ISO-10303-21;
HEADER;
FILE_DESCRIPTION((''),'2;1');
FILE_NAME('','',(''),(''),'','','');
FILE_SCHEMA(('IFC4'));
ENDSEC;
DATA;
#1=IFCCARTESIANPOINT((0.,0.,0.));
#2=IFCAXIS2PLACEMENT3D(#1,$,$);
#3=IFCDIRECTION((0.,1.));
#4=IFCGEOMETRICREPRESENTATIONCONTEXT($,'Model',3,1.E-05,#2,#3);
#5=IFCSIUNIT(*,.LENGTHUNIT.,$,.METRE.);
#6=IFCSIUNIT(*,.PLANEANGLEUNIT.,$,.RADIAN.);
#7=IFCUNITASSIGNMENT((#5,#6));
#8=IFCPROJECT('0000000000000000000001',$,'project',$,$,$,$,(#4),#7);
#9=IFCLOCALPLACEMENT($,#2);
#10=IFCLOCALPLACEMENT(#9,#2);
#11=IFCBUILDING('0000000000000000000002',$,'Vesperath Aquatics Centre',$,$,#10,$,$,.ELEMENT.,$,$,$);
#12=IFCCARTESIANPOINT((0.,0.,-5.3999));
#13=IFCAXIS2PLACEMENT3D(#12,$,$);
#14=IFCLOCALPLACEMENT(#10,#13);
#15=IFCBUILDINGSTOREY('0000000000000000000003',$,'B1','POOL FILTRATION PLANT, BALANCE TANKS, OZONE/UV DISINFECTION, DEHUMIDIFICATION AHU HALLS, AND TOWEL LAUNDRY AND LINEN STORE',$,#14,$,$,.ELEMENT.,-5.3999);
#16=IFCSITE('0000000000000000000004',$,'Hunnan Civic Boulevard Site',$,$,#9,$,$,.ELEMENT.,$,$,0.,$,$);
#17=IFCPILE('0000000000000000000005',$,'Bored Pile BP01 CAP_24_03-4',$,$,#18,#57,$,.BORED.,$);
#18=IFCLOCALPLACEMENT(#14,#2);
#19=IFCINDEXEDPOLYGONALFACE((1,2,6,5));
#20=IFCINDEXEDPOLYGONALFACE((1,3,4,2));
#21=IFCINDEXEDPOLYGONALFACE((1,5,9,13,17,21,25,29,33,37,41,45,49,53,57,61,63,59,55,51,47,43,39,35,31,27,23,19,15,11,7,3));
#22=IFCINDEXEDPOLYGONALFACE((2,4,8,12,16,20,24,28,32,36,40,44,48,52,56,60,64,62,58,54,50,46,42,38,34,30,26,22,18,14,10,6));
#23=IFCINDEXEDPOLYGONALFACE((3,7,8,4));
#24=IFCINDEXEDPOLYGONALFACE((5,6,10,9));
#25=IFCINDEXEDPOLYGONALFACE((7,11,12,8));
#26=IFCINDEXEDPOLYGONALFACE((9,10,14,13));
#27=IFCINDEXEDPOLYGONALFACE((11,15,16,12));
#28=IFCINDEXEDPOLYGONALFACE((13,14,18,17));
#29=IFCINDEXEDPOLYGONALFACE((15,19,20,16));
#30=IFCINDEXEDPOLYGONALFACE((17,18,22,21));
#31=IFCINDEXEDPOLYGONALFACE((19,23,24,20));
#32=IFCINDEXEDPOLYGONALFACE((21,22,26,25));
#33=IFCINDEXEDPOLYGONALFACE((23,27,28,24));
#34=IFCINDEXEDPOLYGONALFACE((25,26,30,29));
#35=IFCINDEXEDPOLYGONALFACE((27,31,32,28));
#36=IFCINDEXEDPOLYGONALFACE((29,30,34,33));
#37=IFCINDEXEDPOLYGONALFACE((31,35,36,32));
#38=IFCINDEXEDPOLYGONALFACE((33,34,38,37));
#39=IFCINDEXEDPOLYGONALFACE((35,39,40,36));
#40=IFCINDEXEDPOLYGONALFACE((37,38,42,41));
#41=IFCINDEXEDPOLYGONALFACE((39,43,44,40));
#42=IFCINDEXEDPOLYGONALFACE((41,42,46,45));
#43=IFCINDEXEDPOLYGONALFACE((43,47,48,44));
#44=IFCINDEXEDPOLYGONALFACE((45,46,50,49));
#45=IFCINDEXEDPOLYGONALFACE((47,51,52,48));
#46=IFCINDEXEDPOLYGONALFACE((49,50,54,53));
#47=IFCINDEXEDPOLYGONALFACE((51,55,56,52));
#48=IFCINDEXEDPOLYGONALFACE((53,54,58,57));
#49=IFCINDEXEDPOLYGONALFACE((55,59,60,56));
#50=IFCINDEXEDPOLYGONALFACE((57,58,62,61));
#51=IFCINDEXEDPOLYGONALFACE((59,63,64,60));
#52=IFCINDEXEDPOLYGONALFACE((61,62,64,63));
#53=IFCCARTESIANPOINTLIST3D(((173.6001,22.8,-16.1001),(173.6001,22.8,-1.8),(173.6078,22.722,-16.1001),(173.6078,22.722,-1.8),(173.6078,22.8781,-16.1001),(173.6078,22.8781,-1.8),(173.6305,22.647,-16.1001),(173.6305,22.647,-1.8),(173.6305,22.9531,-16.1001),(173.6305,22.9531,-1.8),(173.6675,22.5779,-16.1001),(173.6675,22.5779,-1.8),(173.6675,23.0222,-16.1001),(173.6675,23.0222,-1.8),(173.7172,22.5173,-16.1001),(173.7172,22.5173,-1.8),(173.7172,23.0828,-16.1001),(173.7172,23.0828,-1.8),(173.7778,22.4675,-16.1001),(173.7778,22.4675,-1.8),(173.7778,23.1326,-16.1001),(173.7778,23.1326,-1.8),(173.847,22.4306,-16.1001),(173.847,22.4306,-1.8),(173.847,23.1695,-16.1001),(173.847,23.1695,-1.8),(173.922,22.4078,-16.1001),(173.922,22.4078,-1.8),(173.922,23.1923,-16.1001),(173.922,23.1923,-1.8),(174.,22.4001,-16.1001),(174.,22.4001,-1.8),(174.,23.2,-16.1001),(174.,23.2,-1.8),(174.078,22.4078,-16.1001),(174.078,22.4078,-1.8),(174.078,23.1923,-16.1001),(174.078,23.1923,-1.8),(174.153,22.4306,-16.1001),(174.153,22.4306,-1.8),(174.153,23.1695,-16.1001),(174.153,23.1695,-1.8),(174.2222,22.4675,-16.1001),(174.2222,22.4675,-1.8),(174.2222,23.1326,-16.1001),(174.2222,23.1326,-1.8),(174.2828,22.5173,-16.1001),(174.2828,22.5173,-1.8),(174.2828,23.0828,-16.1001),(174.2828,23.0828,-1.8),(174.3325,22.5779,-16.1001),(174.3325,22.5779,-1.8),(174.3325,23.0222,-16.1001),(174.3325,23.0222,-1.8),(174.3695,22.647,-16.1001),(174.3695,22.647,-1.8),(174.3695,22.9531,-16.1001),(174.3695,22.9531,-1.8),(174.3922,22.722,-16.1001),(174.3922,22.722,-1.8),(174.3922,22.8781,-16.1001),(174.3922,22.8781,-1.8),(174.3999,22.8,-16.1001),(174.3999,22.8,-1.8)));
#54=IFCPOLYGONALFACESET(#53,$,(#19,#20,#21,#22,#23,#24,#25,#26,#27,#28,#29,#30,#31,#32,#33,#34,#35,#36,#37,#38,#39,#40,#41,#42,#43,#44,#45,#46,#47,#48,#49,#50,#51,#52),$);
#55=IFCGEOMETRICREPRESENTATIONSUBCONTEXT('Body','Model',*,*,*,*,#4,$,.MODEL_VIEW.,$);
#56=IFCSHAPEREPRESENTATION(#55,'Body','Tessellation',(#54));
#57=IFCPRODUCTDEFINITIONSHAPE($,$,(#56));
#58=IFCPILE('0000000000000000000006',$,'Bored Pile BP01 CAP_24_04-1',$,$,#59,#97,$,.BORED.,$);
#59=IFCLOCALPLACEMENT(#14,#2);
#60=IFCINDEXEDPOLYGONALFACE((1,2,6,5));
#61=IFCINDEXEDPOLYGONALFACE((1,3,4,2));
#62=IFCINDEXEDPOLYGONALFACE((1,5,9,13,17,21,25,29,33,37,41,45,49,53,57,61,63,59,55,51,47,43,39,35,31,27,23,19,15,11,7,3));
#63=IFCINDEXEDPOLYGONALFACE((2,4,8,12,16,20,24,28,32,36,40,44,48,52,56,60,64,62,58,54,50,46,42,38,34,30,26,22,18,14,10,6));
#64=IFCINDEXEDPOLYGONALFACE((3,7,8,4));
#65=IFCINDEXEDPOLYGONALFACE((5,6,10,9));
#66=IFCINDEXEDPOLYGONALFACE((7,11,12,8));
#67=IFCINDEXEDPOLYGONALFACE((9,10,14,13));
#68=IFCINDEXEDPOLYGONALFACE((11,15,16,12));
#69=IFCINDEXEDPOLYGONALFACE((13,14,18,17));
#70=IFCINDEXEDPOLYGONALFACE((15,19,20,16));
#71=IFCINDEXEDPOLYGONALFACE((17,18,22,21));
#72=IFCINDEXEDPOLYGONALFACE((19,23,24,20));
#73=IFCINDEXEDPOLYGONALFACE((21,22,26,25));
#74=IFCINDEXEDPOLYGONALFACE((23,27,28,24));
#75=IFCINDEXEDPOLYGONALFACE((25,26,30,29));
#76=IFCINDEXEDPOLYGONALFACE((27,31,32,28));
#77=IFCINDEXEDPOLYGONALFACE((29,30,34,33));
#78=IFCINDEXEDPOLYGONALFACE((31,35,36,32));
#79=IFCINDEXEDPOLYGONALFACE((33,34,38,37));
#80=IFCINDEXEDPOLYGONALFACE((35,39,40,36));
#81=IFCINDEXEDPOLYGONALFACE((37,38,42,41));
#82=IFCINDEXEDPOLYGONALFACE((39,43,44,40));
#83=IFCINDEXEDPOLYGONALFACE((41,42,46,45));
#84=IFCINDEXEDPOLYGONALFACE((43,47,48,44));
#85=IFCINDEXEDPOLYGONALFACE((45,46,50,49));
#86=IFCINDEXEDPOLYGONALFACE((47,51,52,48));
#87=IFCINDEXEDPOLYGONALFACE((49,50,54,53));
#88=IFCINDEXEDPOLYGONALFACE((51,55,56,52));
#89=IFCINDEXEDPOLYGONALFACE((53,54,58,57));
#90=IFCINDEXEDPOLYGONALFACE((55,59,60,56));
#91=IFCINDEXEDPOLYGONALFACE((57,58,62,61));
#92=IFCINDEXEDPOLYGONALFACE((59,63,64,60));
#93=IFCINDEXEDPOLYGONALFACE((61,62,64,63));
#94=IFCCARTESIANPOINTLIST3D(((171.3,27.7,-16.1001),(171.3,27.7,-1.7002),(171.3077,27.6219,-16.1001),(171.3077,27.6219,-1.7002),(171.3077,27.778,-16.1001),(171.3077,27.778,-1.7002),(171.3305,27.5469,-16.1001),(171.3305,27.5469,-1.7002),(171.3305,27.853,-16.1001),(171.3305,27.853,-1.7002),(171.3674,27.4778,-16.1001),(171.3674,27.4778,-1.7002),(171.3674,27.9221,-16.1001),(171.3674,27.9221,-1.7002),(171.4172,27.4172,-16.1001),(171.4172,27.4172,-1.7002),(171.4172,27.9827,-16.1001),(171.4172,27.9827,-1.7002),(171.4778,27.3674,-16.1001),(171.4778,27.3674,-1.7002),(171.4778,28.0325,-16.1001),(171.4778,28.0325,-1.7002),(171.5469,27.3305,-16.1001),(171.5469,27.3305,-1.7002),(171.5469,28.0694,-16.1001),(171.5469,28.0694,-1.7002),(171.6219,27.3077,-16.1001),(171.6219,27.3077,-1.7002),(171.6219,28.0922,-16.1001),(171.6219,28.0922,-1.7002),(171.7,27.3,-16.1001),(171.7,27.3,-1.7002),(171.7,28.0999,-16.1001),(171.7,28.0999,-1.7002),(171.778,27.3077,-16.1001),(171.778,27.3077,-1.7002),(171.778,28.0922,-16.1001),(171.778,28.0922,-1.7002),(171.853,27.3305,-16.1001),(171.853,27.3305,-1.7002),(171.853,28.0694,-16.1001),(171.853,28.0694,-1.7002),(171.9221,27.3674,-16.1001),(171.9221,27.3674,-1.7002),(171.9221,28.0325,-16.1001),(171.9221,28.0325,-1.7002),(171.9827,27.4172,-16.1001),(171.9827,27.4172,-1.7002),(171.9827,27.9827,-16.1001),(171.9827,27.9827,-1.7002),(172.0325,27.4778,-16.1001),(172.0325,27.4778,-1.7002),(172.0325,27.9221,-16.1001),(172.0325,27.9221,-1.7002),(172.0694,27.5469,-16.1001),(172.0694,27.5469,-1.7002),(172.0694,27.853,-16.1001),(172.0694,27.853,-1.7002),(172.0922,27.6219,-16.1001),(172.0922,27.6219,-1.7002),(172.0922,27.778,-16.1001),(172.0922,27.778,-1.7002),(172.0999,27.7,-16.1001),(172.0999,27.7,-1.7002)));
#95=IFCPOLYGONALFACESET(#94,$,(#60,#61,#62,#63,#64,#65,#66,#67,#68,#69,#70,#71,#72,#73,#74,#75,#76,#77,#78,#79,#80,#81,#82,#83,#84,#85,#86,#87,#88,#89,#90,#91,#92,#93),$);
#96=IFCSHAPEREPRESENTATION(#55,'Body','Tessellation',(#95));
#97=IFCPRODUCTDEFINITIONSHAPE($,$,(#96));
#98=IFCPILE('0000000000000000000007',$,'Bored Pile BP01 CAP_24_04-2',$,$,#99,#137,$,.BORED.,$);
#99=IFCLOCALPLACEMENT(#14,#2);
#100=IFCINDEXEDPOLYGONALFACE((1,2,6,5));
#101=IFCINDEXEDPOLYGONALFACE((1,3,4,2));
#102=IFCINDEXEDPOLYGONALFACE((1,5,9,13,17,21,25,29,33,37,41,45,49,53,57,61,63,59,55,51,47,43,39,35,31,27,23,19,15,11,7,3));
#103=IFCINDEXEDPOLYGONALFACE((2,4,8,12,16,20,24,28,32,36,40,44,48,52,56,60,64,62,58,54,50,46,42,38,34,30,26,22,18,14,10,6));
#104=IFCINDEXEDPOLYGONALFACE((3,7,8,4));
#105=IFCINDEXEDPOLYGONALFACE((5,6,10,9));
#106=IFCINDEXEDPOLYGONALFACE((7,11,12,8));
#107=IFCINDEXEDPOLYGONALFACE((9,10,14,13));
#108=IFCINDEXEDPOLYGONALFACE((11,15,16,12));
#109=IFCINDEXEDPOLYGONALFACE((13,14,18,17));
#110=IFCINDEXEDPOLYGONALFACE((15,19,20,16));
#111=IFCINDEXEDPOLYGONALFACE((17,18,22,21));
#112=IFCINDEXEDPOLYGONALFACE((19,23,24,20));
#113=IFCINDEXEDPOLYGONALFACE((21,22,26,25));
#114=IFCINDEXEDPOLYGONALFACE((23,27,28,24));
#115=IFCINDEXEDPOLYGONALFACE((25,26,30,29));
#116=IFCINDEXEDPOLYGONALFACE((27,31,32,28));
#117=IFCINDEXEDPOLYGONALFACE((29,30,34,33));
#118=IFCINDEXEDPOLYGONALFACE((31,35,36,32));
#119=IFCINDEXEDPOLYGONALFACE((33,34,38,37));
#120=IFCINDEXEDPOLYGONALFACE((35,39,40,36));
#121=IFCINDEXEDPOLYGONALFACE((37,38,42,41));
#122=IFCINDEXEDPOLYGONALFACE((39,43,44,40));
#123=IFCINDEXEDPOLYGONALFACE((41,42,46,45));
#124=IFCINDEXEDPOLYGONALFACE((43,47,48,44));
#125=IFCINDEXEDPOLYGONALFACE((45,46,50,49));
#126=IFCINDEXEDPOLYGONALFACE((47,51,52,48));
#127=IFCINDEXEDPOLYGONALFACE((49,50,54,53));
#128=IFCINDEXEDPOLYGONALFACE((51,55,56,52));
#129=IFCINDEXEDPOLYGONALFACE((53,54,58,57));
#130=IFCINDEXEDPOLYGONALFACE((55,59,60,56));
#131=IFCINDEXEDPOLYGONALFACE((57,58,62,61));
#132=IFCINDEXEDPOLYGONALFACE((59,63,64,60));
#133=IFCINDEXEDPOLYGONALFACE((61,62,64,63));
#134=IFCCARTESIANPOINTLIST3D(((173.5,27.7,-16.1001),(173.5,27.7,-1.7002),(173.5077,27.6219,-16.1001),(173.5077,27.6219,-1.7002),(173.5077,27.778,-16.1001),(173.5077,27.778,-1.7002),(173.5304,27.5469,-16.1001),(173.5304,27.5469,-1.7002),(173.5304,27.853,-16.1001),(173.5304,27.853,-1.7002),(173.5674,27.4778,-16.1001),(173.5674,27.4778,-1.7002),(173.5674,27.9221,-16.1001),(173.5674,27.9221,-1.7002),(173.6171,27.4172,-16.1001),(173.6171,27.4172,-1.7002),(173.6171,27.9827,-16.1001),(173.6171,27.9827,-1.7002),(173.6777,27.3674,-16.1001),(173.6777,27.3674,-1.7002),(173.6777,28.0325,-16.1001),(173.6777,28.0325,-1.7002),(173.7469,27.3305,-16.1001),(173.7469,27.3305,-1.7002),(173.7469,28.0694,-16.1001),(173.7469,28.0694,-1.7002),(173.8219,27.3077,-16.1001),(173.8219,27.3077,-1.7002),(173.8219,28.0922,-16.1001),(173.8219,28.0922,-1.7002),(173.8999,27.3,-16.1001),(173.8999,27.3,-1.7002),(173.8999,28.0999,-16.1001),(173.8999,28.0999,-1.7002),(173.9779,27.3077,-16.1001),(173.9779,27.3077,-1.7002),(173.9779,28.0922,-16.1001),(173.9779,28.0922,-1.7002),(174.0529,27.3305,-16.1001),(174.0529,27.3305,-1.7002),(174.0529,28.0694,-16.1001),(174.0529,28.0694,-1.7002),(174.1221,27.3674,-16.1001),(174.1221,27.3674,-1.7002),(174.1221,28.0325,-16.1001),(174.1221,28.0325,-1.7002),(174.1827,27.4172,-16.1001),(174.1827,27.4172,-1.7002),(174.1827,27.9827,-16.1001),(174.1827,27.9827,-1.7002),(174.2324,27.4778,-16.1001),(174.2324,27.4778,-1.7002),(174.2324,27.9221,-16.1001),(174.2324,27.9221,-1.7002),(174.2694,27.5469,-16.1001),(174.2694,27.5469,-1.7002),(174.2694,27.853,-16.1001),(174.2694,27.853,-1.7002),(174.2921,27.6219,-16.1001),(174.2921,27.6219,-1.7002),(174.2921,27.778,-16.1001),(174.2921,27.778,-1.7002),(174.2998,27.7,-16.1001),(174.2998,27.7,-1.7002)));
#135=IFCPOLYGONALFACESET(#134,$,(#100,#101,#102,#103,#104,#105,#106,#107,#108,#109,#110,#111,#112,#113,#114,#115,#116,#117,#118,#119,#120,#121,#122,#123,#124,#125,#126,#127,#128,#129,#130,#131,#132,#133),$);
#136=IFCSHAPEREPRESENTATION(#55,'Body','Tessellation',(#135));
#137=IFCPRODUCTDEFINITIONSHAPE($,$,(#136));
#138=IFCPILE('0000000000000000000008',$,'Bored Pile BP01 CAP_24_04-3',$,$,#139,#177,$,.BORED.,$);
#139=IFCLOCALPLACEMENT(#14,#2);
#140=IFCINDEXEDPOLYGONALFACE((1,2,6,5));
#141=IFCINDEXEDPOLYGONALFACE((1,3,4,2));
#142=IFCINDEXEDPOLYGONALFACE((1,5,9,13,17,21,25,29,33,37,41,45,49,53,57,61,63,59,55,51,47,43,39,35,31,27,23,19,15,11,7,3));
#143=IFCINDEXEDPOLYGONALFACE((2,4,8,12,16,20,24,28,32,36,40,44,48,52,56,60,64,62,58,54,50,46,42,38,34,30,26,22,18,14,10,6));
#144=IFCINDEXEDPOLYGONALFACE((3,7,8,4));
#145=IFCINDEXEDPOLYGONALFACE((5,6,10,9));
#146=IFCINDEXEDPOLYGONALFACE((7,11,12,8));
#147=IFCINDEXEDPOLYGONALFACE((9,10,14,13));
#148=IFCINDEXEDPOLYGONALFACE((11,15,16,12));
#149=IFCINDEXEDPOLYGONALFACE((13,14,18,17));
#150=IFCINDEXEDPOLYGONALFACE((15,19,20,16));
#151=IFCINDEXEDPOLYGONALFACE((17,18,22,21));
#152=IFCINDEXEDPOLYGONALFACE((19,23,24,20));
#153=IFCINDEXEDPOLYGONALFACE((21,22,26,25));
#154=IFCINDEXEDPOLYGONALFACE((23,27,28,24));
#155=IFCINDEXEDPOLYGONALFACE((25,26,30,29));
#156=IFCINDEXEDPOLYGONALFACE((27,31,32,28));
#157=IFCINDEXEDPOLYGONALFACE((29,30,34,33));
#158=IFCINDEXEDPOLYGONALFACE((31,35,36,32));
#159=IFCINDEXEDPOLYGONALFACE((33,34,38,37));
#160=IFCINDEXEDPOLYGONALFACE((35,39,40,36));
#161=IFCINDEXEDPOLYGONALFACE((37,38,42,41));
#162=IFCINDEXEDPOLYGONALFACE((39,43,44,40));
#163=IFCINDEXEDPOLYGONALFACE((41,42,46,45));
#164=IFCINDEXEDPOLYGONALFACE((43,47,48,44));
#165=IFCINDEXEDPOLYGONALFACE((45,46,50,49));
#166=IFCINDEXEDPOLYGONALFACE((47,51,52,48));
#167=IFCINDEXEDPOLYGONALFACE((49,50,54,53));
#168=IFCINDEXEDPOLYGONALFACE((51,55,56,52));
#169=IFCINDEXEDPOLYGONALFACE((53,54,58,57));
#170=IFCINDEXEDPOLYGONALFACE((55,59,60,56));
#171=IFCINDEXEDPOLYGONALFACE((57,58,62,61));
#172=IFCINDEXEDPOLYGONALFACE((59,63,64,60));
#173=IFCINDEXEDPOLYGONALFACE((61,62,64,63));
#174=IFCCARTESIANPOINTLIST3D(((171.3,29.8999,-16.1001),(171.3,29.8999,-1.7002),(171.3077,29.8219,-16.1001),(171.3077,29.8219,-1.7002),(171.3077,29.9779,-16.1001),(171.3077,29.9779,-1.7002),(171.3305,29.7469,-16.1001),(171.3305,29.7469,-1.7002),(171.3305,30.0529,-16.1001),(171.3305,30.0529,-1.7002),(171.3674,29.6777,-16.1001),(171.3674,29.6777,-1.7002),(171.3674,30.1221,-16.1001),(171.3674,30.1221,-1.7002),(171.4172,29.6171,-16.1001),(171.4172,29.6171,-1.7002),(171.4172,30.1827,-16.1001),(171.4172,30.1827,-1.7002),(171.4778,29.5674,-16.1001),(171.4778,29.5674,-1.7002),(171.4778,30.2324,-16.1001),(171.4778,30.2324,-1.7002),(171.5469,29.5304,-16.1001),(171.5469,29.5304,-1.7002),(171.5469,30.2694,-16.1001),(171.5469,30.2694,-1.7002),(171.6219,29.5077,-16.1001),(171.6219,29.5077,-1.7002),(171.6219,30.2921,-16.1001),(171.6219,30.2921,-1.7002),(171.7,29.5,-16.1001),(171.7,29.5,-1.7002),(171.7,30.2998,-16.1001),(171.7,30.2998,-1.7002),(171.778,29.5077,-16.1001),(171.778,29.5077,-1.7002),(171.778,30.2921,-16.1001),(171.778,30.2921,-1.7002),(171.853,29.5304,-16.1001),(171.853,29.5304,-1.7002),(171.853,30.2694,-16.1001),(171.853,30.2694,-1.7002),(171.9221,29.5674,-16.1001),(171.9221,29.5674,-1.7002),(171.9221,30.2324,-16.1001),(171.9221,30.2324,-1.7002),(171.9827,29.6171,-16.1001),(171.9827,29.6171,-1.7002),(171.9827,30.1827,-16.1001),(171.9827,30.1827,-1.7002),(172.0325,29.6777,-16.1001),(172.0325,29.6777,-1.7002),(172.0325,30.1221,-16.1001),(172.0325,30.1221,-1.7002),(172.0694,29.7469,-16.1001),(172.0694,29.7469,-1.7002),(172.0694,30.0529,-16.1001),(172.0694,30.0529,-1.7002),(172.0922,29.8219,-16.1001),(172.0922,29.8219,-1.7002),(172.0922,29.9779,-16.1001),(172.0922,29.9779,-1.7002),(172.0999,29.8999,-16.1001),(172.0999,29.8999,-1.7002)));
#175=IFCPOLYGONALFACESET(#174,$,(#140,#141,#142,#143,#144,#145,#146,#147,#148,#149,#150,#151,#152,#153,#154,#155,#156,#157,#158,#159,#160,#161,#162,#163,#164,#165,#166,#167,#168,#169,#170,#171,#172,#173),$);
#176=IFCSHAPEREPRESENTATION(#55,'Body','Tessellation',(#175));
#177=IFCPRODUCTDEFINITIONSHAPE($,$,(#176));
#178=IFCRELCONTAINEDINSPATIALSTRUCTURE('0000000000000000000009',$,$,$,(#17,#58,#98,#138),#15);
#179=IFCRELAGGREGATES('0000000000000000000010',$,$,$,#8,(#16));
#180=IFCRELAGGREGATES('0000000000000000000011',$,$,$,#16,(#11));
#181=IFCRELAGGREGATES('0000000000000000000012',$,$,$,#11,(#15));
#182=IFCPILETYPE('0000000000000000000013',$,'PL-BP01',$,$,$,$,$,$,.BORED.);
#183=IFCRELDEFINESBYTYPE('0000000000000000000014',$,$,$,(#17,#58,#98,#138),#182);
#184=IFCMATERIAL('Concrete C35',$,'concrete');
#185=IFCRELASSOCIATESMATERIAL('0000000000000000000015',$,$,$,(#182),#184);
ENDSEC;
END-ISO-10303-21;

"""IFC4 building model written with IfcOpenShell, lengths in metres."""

from ifc_helpers import new_model, si_unit, direction, frame, origin, origin_2d, place, context, subcontext, project, spatial, circle, extrude, material, material_profile, profile_set, type_object, element, save


model = new_model("IFC4")

# Units and contexts
model_context = context("Model", 3, precision=1e-05, world=origin(), true_north=direction((0.0, 1.0)))
body_context = subcontext(model_context, "Body", "Model", "MODEL_VIEW")
ifc_project = project(units=[si_unit("LENGTHUNIT", "METRE"), si_unit("PLANEANGLEUNIT", "RADIAN")], contexts=[model_context])

# Site, building, storey
site_placement = place(None, origin())
site = spatial("IfcSite", under=ifc_project, at=site_placement, Name="Hunnan Civic Boulevard Site", CompositionType="ELEMENT", RefElevation=0.0)
building_placement = place(site_placement, origin())
building = spatial("IfcBuilding", under=site, at=building_placement, Name="Vesperath Aquatics Centre", CompositionType="ELEMENT")
storey_placement = place(building_placement, frame((0.0, 0.0, -5.3999)))
storey = spatial("IfcBuildingStorey", under=building, at=storey_placement, Name="B1", Description="POOL FILTRATION PLANT, BALANCE TANKS, OZONE/UV DISINFECTION, DEHUMIDIFICATION AHU HALLS, AND TOWEL LAUNDRY AND LINEN STORE", CompositionType="ELEMENT", Elevation=-5.3999)

# Piles
ifc_material_1 = material(Name="Concrete C35", Category="concrete")
ifc_material_profile_1 = material_profile(ifc_material_1, circle(Radius=0.3999, at=origin_2d()), Name="PILE D800")
ifc_profile_set_1 = profile_set([ifc_material_profile_1], Name="Concrete C35")
pile_type = type_object("IfcPileType", Name="PL-BP01", PredefinedType="BORED", material=ifc_profile_set_1)
for number, where, z_axis, x_axis, name in (
    (1, (174.0, 22.8, -1.8), (0.0, 0.0, -1.0), (1.0, 0.0, 0.0), "Bored Pile BP01 CAP_24_03-4"),
):
    element("IfcPile", number, at=place(storey_placement, frame(where, z_axis=z_axis, x_axis=x_axis)), inside=storey, type_object=pile_type, Name=name, PredefinedType="BORED", context=body_context, shape_type="SweptSolid", body=[
        extrude(circle(Radius=0.3999, at=origin_2d()), origin(), (0.0, 0.0, 1.0), 14.3),
    ])
for number, where, z_axis, x_axis, name in (
    (2, (171.7, 27.7, -1.7002), (0.0, 0.0, -1.0), (1.0, 0.0, 0.0), "Bored Pile BP01 CAP_24_04-1"),
    (3, (173.8999, 27.7, -1.7002), (0.0, 0.0, -1.0), (1.0, 0.0, 0.0), "Bored Pile BP01 CAP_24_04-2"),
    (4, (171.7, 29.8999, -1.7002), (0.0, 0.0, -1.0), (1.0, 0.0, 0.0), "Bored Pile BP01 CAP_24_04-3"),
):
    element("IfcPile", number, at=place(storey_placement, frame(where, z_axis=z_axis, x_axis=x_axis)), inside=storey, type_object=pile_type, Name=name, PredefinedType="BORED", context=body_context, shape_type="SweptSolid", body=[
        extrude(circle(Radius=0.3999, at=origin_2d()), origin(), (0.0, 0.0, 1.0), 14.3999),
    ])

save(model, "model.ifc")
